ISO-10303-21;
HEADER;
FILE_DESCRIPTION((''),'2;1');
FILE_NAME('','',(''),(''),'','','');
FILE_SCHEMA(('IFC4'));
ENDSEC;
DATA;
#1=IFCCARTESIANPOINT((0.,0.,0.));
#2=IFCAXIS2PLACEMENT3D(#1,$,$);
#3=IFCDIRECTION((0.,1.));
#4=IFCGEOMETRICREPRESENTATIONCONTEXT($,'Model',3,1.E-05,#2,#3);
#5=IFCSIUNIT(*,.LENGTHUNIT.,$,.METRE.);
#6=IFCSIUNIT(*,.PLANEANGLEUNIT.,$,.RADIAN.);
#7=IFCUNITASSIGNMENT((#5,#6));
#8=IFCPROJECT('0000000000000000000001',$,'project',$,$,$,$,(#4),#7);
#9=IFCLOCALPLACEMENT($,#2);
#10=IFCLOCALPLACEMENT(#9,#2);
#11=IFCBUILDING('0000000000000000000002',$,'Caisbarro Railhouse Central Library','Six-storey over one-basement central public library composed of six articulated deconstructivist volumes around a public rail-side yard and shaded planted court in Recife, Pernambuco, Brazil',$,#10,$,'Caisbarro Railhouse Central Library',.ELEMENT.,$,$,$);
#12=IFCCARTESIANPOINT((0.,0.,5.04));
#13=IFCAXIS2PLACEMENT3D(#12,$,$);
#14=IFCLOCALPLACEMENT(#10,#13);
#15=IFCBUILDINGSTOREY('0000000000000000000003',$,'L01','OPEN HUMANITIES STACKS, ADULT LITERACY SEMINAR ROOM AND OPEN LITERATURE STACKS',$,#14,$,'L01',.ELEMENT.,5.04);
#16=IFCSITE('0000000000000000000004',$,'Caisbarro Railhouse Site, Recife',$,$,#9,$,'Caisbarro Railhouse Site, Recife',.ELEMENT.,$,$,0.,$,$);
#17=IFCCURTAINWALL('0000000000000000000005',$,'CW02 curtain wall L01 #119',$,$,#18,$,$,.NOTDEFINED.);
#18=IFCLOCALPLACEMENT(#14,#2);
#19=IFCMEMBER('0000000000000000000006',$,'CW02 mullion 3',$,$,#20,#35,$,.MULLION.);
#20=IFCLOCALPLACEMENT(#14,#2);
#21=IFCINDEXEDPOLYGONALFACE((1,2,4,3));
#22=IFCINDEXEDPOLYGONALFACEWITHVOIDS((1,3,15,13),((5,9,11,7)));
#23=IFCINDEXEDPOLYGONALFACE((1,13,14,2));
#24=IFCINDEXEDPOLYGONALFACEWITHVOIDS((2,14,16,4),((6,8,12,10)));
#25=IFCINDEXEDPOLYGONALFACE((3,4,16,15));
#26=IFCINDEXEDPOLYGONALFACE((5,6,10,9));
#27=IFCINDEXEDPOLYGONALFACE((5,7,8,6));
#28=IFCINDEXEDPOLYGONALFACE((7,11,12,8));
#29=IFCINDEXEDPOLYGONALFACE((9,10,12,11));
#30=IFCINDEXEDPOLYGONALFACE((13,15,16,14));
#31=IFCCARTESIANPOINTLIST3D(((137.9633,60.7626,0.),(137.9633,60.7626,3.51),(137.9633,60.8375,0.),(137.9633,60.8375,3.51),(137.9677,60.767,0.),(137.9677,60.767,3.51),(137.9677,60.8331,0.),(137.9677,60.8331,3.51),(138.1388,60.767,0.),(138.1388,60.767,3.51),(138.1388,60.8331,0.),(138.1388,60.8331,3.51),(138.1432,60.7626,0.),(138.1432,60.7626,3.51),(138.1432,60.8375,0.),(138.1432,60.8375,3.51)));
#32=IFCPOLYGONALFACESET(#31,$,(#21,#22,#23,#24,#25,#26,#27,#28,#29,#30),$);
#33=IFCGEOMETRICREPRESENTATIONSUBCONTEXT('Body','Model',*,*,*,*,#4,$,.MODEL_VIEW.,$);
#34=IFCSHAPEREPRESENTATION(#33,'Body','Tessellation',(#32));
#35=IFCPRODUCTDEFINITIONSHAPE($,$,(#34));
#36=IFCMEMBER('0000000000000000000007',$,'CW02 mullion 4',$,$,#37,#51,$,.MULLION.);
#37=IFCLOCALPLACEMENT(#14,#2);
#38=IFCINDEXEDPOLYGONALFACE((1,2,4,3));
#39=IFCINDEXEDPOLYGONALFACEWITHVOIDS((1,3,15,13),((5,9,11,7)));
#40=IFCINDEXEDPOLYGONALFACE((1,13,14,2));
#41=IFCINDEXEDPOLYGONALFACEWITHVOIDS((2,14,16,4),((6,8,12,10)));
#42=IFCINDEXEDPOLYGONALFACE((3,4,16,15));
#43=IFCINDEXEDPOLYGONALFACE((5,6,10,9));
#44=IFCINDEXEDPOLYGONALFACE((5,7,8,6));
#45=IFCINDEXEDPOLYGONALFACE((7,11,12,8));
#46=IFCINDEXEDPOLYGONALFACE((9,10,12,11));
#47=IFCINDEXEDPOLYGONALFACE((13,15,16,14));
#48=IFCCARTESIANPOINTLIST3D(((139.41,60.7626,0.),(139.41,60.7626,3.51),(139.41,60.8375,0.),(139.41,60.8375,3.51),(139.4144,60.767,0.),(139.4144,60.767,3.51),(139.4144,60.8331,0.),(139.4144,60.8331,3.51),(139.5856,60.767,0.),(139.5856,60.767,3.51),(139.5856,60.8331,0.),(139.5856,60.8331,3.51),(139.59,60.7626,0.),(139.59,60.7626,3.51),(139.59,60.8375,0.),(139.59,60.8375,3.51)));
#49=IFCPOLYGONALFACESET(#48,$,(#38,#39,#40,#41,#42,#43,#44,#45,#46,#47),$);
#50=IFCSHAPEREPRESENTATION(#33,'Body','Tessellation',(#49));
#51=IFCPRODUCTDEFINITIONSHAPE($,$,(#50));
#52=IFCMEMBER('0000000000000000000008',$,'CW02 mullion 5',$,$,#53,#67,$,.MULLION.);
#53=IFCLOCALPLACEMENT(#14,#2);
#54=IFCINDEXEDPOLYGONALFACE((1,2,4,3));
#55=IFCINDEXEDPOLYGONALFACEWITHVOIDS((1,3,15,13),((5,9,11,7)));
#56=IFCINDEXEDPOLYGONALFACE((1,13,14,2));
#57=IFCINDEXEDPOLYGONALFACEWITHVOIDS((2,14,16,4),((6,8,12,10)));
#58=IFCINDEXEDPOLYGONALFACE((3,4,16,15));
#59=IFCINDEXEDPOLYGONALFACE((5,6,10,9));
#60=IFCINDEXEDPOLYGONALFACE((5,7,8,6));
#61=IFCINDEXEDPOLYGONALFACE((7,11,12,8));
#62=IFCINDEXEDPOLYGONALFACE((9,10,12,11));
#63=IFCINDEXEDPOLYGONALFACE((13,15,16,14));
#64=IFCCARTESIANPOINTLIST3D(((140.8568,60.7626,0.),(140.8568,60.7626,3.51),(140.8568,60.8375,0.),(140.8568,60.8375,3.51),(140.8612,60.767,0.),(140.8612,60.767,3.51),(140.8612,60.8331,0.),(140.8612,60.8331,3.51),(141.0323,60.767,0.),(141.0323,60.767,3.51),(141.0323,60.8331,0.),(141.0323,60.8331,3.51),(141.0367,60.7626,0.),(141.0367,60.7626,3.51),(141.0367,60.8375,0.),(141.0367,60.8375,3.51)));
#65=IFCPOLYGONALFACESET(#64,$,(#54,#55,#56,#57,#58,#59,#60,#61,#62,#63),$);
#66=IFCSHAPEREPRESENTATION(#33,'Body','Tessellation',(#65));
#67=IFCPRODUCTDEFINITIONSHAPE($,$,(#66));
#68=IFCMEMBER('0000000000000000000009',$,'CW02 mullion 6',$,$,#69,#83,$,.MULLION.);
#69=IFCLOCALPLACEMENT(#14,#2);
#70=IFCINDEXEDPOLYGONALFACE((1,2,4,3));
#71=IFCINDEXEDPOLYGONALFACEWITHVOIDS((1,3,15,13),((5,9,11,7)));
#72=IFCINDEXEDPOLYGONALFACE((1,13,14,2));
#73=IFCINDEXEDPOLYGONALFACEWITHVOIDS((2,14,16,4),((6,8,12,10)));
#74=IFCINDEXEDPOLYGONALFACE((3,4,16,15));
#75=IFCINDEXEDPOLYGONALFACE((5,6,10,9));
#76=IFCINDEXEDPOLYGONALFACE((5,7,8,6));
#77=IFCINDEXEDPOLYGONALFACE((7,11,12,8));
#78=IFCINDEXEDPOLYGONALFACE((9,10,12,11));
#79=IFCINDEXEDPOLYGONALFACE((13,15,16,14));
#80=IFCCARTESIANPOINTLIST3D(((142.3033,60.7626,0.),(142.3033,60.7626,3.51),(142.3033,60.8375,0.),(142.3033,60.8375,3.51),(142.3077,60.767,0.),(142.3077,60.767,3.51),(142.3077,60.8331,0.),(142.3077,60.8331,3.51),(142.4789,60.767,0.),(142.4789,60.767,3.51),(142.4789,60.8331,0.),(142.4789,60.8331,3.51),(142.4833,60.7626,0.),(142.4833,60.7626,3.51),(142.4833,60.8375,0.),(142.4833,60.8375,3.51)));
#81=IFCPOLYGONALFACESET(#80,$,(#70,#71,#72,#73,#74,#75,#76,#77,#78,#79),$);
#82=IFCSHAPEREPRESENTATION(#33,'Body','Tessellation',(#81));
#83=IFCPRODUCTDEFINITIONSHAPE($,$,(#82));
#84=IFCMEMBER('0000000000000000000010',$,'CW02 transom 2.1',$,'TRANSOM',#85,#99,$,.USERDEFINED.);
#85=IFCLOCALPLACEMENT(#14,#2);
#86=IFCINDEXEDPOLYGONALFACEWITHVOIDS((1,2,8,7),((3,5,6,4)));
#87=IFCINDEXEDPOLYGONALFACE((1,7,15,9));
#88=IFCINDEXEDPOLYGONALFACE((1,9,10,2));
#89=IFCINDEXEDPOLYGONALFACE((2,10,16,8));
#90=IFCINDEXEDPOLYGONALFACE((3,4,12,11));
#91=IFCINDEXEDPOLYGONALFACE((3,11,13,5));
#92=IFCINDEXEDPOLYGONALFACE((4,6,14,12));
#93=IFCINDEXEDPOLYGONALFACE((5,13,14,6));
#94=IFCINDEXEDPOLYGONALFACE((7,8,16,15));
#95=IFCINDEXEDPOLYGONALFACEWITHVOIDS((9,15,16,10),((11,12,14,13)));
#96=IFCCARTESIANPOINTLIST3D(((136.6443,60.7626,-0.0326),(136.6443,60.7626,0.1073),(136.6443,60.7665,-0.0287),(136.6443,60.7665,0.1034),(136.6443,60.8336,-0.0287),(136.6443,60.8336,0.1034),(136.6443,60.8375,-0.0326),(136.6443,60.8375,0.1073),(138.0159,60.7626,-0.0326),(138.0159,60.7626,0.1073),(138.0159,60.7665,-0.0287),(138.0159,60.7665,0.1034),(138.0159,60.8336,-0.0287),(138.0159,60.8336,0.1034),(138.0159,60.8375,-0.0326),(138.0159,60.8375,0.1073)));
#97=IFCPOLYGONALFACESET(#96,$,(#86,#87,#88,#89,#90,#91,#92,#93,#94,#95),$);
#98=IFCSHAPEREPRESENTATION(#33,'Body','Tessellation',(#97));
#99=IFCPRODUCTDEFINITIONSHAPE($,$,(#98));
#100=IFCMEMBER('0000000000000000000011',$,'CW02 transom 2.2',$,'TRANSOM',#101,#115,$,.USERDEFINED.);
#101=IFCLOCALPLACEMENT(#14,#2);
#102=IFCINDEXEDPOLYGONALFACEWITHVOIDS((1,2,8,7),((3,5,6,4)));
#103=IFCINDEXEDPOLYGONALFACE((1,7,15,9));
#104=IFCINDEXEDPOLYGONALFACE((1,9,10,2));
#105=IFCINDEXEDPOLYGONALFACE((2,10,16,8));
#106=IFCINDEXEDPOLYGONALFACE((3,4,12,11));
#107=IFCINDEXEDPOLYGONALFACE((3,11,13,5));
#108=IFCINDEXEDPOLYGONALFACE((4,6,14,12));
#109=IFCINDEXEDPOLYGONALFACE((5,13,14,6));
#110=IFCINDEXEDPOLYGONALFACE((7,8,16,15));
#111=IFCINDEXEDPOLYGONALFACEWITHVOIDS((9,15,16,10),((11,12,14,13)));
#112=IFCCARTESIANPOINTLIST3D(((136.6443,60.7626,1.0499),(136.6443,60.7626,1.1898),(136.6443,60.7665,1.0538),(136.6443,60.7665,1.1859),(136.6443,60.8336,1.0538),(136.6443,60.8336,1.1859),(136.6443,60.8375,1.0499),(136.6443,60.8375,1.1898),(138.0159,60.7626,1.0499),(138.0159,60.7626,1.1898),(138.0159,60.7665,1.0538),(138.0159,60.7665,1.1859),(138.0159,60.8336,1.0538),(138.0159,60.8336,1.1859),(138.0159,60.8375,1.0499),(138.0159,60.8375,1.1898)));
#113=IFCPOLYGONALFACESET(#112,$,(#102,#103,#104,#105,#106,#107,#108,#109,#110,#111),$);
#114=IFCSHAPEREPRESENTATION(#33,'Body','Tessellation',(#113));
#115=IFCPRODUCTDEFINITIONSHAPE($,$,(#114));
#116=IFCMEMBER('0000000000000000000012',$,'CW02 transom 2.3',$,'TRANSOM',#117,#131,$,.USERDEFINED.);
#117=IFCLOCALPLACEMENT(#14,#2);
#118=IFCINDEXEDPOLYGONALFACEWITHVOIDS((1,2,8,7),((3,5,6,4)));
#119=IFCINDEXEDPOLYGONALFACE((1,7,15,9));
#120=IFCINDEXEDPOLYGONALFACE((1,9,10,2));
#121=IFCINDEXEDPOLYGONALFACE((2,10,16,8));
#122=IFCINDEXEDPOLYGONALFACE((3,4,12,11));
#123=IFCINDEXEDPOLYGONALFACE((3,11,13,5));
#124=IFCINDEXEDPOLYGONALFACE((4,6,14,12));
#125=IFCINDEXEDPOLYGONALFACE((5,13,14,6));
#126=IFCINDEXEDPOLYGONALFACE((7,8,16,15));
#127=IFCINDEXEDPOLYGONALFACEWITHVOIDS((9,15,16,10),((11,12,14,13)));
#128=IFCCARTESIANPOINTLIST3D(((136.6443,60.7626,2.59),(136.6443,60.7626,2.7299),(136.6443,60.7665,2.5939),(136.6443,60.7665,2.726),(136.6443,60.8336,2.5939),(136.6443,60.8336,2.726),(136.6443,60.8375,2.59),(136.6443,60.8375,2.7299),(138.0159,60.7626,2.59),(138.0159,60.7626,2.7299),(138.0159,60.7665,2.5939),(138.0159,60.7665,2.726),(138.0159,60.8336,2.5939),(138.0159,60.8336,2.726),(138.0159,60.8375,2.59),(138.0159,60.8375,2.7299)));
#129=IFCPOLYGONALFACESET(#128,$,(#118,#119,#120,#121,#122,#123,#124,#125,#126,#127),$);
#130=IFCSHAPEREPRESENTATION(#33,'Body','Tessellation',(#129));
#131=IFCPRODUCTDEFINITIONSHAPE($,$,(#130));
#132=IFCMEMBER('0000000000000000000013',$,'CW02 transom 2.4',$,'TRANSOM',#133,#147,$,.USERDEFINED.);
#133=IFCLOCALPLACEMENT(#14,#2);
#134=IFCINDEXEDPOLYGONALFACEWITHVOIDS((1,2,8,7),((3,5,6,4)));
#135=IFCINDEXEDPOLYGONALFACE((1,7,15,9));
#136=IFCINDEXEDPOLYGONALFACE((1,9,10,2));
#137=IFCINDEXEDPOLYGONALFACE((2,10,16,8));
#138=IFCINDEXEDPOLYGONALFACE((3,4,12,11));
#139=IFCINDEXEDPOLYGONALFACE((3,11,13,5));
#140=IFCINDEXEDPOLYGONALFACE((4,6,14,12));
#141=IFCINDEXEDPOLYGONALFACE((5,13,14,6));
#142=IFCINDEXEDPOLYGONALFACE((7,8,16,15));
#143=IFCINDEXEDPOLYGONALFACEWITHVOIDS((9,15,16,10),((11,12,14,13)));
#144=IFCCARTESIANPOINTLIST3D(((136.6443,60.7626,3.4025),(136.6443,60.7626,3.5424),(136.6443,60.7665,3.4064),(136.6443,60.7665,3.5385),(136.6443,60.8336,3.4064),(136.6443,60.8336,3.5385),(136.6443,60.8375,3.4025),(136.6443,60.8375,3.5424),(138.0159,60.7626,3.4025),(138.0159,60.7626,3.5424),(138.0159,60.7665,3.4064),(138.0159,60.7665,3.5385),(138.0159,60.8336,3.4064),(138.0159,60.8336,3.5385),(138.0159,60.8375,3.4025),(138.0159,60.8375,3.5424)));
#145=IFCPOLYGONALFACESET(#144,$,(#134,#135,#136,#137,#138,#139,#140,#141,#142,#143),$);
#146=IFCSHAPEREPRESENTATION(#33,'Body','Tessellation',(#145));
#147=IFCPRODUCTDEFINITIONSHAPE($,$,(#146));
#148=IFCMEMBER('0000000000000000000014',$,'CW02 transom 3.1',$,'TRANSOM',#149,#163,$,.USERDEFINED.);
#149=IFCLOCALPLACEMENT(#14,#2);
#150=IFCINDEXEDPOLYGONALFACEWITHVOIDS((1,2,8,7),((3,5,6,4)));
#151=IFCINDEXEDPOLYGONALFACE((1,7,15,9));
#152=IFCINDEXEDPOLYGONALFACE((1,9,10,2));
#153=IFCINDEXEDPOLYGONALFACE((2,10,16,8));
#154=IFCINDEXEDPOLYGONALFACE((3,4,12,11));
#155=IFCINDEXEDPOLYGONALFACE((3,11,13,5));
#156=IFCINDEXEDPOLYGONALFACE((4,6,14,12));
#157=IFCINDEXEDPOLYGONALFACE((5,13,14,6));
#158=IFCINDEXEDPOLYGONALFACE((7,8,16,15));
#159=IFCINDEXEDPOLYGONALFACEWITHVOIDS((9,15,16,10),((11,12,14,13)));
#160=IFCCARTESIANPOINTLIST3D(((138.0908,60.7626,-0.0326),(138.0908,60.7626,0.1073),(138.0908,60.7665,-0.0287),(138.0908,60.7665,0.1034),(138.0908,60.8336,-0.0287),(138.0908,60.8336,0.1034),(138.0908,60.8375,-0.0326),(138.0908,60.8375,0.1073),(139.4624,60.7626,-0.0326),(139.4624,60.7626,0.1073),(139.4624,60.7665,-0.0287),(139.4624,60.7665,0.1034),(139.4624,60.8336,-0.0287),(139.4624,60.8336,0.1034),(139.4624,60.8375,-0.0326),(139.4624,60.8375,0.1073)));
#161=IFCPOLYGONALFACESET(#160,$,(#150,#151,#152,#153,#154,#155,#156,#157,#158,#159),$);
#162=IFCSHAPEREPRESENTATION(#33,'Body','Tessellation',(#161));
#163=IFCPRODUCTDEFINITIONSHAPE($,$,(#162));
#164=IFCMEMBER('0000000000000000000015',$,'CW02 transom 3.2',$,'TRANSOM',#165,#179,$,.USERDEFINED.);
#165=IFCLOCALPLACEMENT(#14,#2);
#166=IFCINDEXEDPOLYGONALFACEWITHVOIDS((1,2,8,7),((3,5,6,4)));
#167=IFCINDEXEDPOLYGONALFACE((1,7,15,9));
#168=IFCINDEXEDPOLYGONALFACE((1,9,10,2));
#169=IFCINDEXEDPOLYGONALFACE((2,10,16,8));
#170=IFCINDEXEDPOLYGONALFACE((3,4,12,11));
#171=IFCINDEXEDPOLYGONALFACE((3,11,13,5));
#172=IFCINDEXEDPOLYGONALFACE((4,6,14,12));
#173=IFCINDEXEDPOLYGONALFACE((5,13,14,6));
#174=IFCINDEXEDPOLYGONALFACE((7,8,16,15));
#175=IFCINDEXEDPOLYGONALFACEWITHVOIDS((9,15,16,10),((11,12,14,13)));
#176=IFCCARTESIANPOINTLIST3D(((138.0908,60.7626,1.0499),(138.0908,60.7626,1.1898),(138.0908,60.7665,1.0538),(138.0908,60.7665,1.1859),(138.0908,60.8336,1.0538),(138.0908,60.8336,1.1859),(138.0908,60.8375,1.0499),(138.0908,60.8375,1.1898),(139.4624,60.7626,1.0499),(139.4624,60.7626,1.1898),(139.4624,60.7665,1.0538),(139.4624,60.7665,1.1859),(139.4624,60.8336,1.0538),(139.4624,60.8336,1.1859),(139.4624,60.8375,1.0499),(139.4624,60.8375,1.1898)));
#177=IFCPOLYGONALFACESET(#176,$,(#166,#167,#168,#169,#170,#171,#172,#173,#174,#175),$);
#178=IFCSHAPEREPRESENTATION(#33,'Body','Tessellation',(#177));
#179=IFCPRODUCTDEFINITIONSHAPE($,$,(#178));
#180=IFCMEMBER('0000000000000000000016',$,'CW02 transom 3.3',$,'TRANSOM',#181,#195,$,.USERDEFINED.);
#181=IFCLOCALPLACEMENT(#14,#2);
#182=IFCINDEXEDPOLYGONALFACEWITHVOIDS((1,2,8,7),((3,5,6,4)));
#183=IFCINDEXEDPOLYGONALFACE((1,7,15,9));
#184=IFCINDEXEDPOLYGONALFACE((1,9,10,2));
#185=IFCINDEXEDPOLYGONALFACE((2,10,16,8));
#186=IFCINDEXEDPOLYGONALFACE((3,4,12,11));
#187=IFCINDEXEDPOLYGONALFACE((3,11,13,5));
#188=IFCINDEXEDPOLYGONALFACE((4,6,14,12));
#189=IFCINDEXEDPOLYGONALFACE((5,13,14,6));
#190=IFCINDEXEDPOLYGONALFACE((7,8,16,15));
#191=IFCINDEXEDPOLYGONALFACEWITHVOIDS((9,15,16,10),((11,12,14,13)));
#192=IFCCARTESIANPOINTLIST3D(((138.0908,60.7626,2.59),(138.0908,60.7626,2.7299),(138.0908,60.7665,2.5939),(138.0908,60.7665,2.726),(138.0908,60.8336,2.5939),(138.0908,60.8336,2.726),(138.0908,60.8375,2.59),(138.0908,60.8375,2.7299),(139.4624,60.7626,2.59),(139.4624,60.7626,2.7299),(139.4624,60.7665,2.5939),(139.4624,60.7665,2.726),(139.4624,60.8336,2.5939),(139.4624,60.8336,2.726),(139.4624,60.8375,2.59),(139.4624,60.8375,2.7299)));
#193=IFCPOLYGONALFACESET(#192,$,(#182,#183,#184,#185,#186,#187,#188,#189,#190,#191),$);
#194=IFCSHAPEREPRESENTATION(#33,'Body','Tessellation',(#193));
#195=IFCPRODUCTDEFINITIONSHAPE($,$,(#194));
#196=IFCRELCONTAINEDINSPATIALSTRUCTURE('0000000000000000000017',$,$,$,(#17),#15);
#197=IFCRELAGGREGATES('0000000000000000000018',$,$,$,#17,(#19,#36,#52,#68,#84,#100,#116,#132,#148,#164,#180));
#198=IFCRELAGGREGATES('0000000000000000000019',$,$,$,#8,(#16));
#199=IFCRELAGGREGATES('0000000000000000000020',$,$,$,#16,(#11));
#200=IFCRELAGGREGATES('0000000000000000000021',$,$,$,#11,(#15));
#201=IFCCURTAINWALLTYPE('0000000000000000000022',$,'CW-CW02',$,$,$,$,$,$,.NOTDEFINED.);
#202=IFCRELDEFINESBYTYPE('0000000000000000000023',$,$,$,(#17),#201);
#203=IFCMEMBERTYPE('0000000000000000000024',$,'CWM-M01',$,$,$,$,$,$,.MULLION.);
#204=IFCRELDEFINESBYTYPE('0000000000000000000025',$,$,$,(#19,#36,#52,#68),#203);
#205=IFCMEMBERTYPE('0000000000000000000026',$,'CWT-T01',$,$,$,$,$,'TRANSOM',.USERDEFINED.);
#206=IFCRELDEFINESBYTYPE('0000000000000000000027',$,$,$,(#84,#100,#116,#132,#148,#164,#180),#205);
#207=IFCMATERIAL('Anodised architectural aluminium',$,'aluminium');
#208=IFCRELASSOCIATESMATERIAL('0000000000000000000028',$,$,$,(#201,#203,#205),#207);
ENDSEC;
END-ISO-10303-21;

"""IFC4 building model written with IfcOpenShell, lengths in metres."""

from ifc_helpers import new_model, si_unit, direction, frame, origin, origin_2d, place, context, subcontext, project, spatial, hollow_rectangle, extrude, material, material_profile, profile_set, type_object, element, aggregate, save


model = new_model("IFC4")

# Units and contexts
model_context = context("Model", 3, precision=1e-05, world=origin(), true_north=direction((0.0, 1.0)))
body_context = subcontext(model_context, "Body", "Model", "MODEL_VIEW")
ifc_project = project(units=[si_unit("LENGTHUNIT", "METRE"), si_unit("PLANEANGLEUNIT", "RADIAN")], contexts=[model_context])

# Site, building, storey
site_placement = place(None, origin())
site = spatial("IfcSite", under=ifc_project, at=site_placement, Name="Caisbarro Railhouse Site, Recife", LongName="Caisbarro Railhouse Site, Recife", CompositionType="ELEMENT", RefElevation=0.0)
building_placement = place(site_placement, origin())
building = spatial("IfcBuilding", under=site, at=building_placement, Name="Caisbarro Railhouse Central Library", Description="Six-storey over one-basement central public library composed of six articulated deconstructivist volumes around a public rail-side yard and shaded planted court in Recife, Pernambuco, Brazil", LongName="Caisbarro Railhouse Central Library", CompositionType="ELEMENT")
storey_placement = place(building_placement, frame((0.0, 0.0, 5.04)))
storey = spatial("IfcBuildingStorey", under=building, at=storey_placement, Name="L01", Description="OPEN HUMANITIES STACKS, ADULT LITERACY SEMINAR ROOM AND OPEN LITERATURE STACKS", LongName="L01", CompositionType="ELEMENT", Elevation=5.04)

# Curtain wall, members
ifc_material_1 = material(Name="Anodised architectural aluminium", Category="aluminium")
curtain_wall_type = type_object("IfcCurtainWallType", Name="CW-CW02", PredefinedType="NOTDEFINED", material=ifc_material_1)
curtain_wall_placement = place(storey_placement, origin())
curtain_wall = element("IfcCurtainWall", 1, at=curtain_wall_placement, inside=storey, type_object=curtain_wall_type, Name="CW02 curtain wall L01 #119", PredefinedType="NOTDEFINED")
ifc_material_profile_1 = material_profile(ifc_material_1, hollow_rectangle(XDim=0.075, YDim=0.1799, WallThickness=0.0044, at=origin_2d()), Name="ALU-MUL-75X180")
ifc_profile_set_1 = profile_set([ifc_material_profile_1], Name="Anodised architectural aluminium")
member_type_1 = type_object("IfcMemberType", Name="CWM-M01", PredefinedType="MULLION", material=ifc_profile_set_1)
member_1_placement = place(storey_placement, frame((138.0532, 60.8, 0.0), z_axis=(0.0, 0.0, 1.0), x_axis=(0.0, 1.0, 0.0)))
member_1 = element("IfcMember", 2, at=member_1_placement, type_object=member_type_1, Name="CW02 mullion 3", PredefinedType="MULLION", context=body_context, shape_type="SweptSolid", body=[
    extrude(hollow_rectangle(XDim=0.075, YDim=0.1799, WallThickness=0.0044, at=origin_2d()), origin(), (0.0, 0.0, 1.0), 3.51),
])
member_2_placement = place(storey_placement, frame((139.5, 60.8, 0.0), z_axis=(0.0, 0.0, 1.0), x_axis=(0.0, 1.0, 0.0)))
member_2 = element("IfcMember", 3, at=member_2_placement, type_object=member_type_1, Name="CW02 mullion 4", PredefinedType="MULLION", context=body_context, shape_type="SweptSolid", body=[
    extrude(hollow_rectangle(XDim=0.075, YDim=0.1799, WallThickness=0.0044, at=origin_2d()), origin(), (0.0, 0.0, 1.0), 3.51),
])
member_3_placement = place(storey_placement, frame((140.9468, 60.8, 0.0), z_axis=(0.0, 0.0, 1.0), x_axis=(0.0, 1.0, 0.0)))
member_3 = element("IfcMember", 4, at=member_3_placement, type_object=member_type_1, Name="CW02 mullion 5", PredefinedType="MULLION", context=body_context, shape_type="SweptSolid", body=[
    extrude(hollow_rectangle(XDim=0.075, YDim=0.1799, WallThickness=0.0044, at=origin_2d()), origin(), (0.0, 0.0, 1.0), 3.51),
])
member_4_placement = place(storey_placement, frame((142.3933, 60.8, 0.0), z_axis=(0.0, 0.0, 1.0), x_axis=(0.0, 1.0, 0.0)))
member_4 = element("IfcMember", 5, at=member_4_placement, type_object=member_type_1, Name="CW02 mullion 6", PredefinedType="MULLION", context=body_context, shape_type="SweptSolid", body=[
    extrude(hollow_rectangle(XDim=0.075, YDim=0.1799, WallThickness=0.0044, at=origin_2d()), origin(), (0.0, 0.0, 1.0), 3.51),
])
ifc_material_profile_2 = material_profile(ifc_material_1, hollow_rectangle(XDim=0.075, YDim=0.1399, WallThickness=0.0039, at=origin_2d()), Name="ALU-TRN-75X140")
ifc_profile_set_2 = profile_set([ifc_material_profile_2], Name="Anodised architectural aluminium")
member_type_2 = type_object("IfcMemberType", Name="CWT-T01", ElementType="TRANSOM", PredefinedType="USERDEFINED", material=ifc_profile_set_2)
member_5_placement = place(storey_placement, frame((136.6443, 60.8, 0.0374), z_axis=(1.0, 0.0, 0.0), x_axis=(0.0, 1.0, 0.0)))
member_5 = element("IfcMember", 6, at=member_5_placement, type_object=member_type_2, Name="CW02 transom 2.1", ObjectType="TRANSOM", PredefinedType="USERDEFINED", context=body_context, shape_type="SweptSolid", body=[
    extrude(hollow_rectangle(XDim=0.075, YDim=0.1399, WallThickness=0.0039, at=origin_2d()), origin(), (0.0, 0.0, 1.0), 1.3716),
])
member_6_placement = place(storey_placement, frame((136.6443, 60.8, 1.1199), z_axis=(1.0, 0.0, 0.0), x_axis=(0.0, 1.0, 0.0)))
member_6 = element("IfcMember", 7, at=member_6_placement, type_object=member_type_2, Name="CW02 transom 2.2", ObjectType="TRANSOM", PredefinedType="USERDEFINED", context=body_context, shape_type="SweptSolid", body=[
    extrude(hollow_rectangle(XDim=0.075, YDim=0.1399, WallThickness=0.0039, at=origin_2d()), origin(), (0.0, 0.0, 1.0), 1.3716),
])
member_7_placement = place(storey_placement, frame((136.6443, 60.8, 2.6599), z_axis=(1.0, 0.0, 0.0), x_axis=(0.0, 1.0, 0.0)))
member_7 = element("IfcMember", 8, at=member_7_placement, type_object=member_type_2, Name="CW02 transom 2.3", ObjectType="TRANSOM", PredefinedType="USERDEFINED", context=body_context, shape_type="SweptSolid", body=[
    extrude(hollow_rectangle(XDim=0.075, YDim=0.1399, WallThickness=0.0039, at=origin_2d()), origin(), (0.0, 0.0, 1.0), 1.3716),
])
member_8_placement = place(storey_placement, frame((136.6443, 60.8, 3.4724), z_axis=(1.0, 0.0, 0.0), x_axis=(0.0, 1.0, 0.0)))
member_8 = element("IfcMember", 9, at=member_8_placement, type_object=member_type_2, Name="CW02 transom 2.4", ObjectType="TRANSOM", PredefinedType="USERDEFINED", context=body_context, shape_type="SweptSolid", body=[
    extrude(hollow_rectangle(XDim=0.075, YDim=0.1399, WallThickness=0.0039, at=origin_2d()), origin(), (0.0, 0.0, 1.0), 1.3716),
])
member_9_placement = place(storey_placement, frame((138.0908, 60.8, 0.0374), z_axis=(1.0, 0.0, 0.0), x_axis=(0.0, 1.0, 0.0)))
member_9 = element("IfcMember", 10, at=member_9_placement, type_object=member_type_2, Name="CW02 transom 3.1", ObjectType="TRANSOM", PredefinedType="USERDEFINED", context=body_context, shape_type="SweptSolid", body=[
    extrude(hollow_rectangle(XDim=0.075, YDim=0.1399, WallThickness=0.0039, at=origin_2d()), origin(), (0.0, 0.0, 1.0), 1.3716),
])
member_10_placement = place(storey_placement, frame((138.0908, 60.8, 1.1199), z_axis=(1.0, 0.0, 0.0), x_axis=(0.0, 1.0, 0.0)))
member_10 = element("IfcMember", 11, at=member_10_placement, type_object=member_type_2, Name="CW02 transom 3.2", ObjectType="TRANSOM", PredefinedType="USERDEFINED", context=body_context, shape_type="SweptSolid", body=[
    extrude(hollow_rectangle(XDim=0.075, YDim=0.1399, WallThickness=0.0039, at=origin_2d()), origin(), (0.0, 0.0, 1.0), 1.3716),
])
member_11_placement = place(storey_placement, frame((138.0908, 60.8, 2.6599), z_axis=(1.0, 0.0, 0.0), x_axis=(0.0, 1.0, 0.0)))
member_11 = element("IfcMember", 12, at=member_11_placement, type_object=member_type_2, Name="CW02 transom 3.3", ObjectType="TRANSOM", PredefinedType="USERDEFINED", context=body_context, shape_type="SweptSolid", body=[
    extrude(hollow_rectangle(XDim=0.075, YDim=0.1399, WallThickness=0.0039, at=origin_2d()), origin(), (0.0, 0.0, 1.0), 1.3716),
])
aggregate(curtain_wall, [member_1, member_2, member_3, member_4, member_5, member_6, member_7, member_8, member_9, member_10, member_11])

save(model, "model.ifc")
